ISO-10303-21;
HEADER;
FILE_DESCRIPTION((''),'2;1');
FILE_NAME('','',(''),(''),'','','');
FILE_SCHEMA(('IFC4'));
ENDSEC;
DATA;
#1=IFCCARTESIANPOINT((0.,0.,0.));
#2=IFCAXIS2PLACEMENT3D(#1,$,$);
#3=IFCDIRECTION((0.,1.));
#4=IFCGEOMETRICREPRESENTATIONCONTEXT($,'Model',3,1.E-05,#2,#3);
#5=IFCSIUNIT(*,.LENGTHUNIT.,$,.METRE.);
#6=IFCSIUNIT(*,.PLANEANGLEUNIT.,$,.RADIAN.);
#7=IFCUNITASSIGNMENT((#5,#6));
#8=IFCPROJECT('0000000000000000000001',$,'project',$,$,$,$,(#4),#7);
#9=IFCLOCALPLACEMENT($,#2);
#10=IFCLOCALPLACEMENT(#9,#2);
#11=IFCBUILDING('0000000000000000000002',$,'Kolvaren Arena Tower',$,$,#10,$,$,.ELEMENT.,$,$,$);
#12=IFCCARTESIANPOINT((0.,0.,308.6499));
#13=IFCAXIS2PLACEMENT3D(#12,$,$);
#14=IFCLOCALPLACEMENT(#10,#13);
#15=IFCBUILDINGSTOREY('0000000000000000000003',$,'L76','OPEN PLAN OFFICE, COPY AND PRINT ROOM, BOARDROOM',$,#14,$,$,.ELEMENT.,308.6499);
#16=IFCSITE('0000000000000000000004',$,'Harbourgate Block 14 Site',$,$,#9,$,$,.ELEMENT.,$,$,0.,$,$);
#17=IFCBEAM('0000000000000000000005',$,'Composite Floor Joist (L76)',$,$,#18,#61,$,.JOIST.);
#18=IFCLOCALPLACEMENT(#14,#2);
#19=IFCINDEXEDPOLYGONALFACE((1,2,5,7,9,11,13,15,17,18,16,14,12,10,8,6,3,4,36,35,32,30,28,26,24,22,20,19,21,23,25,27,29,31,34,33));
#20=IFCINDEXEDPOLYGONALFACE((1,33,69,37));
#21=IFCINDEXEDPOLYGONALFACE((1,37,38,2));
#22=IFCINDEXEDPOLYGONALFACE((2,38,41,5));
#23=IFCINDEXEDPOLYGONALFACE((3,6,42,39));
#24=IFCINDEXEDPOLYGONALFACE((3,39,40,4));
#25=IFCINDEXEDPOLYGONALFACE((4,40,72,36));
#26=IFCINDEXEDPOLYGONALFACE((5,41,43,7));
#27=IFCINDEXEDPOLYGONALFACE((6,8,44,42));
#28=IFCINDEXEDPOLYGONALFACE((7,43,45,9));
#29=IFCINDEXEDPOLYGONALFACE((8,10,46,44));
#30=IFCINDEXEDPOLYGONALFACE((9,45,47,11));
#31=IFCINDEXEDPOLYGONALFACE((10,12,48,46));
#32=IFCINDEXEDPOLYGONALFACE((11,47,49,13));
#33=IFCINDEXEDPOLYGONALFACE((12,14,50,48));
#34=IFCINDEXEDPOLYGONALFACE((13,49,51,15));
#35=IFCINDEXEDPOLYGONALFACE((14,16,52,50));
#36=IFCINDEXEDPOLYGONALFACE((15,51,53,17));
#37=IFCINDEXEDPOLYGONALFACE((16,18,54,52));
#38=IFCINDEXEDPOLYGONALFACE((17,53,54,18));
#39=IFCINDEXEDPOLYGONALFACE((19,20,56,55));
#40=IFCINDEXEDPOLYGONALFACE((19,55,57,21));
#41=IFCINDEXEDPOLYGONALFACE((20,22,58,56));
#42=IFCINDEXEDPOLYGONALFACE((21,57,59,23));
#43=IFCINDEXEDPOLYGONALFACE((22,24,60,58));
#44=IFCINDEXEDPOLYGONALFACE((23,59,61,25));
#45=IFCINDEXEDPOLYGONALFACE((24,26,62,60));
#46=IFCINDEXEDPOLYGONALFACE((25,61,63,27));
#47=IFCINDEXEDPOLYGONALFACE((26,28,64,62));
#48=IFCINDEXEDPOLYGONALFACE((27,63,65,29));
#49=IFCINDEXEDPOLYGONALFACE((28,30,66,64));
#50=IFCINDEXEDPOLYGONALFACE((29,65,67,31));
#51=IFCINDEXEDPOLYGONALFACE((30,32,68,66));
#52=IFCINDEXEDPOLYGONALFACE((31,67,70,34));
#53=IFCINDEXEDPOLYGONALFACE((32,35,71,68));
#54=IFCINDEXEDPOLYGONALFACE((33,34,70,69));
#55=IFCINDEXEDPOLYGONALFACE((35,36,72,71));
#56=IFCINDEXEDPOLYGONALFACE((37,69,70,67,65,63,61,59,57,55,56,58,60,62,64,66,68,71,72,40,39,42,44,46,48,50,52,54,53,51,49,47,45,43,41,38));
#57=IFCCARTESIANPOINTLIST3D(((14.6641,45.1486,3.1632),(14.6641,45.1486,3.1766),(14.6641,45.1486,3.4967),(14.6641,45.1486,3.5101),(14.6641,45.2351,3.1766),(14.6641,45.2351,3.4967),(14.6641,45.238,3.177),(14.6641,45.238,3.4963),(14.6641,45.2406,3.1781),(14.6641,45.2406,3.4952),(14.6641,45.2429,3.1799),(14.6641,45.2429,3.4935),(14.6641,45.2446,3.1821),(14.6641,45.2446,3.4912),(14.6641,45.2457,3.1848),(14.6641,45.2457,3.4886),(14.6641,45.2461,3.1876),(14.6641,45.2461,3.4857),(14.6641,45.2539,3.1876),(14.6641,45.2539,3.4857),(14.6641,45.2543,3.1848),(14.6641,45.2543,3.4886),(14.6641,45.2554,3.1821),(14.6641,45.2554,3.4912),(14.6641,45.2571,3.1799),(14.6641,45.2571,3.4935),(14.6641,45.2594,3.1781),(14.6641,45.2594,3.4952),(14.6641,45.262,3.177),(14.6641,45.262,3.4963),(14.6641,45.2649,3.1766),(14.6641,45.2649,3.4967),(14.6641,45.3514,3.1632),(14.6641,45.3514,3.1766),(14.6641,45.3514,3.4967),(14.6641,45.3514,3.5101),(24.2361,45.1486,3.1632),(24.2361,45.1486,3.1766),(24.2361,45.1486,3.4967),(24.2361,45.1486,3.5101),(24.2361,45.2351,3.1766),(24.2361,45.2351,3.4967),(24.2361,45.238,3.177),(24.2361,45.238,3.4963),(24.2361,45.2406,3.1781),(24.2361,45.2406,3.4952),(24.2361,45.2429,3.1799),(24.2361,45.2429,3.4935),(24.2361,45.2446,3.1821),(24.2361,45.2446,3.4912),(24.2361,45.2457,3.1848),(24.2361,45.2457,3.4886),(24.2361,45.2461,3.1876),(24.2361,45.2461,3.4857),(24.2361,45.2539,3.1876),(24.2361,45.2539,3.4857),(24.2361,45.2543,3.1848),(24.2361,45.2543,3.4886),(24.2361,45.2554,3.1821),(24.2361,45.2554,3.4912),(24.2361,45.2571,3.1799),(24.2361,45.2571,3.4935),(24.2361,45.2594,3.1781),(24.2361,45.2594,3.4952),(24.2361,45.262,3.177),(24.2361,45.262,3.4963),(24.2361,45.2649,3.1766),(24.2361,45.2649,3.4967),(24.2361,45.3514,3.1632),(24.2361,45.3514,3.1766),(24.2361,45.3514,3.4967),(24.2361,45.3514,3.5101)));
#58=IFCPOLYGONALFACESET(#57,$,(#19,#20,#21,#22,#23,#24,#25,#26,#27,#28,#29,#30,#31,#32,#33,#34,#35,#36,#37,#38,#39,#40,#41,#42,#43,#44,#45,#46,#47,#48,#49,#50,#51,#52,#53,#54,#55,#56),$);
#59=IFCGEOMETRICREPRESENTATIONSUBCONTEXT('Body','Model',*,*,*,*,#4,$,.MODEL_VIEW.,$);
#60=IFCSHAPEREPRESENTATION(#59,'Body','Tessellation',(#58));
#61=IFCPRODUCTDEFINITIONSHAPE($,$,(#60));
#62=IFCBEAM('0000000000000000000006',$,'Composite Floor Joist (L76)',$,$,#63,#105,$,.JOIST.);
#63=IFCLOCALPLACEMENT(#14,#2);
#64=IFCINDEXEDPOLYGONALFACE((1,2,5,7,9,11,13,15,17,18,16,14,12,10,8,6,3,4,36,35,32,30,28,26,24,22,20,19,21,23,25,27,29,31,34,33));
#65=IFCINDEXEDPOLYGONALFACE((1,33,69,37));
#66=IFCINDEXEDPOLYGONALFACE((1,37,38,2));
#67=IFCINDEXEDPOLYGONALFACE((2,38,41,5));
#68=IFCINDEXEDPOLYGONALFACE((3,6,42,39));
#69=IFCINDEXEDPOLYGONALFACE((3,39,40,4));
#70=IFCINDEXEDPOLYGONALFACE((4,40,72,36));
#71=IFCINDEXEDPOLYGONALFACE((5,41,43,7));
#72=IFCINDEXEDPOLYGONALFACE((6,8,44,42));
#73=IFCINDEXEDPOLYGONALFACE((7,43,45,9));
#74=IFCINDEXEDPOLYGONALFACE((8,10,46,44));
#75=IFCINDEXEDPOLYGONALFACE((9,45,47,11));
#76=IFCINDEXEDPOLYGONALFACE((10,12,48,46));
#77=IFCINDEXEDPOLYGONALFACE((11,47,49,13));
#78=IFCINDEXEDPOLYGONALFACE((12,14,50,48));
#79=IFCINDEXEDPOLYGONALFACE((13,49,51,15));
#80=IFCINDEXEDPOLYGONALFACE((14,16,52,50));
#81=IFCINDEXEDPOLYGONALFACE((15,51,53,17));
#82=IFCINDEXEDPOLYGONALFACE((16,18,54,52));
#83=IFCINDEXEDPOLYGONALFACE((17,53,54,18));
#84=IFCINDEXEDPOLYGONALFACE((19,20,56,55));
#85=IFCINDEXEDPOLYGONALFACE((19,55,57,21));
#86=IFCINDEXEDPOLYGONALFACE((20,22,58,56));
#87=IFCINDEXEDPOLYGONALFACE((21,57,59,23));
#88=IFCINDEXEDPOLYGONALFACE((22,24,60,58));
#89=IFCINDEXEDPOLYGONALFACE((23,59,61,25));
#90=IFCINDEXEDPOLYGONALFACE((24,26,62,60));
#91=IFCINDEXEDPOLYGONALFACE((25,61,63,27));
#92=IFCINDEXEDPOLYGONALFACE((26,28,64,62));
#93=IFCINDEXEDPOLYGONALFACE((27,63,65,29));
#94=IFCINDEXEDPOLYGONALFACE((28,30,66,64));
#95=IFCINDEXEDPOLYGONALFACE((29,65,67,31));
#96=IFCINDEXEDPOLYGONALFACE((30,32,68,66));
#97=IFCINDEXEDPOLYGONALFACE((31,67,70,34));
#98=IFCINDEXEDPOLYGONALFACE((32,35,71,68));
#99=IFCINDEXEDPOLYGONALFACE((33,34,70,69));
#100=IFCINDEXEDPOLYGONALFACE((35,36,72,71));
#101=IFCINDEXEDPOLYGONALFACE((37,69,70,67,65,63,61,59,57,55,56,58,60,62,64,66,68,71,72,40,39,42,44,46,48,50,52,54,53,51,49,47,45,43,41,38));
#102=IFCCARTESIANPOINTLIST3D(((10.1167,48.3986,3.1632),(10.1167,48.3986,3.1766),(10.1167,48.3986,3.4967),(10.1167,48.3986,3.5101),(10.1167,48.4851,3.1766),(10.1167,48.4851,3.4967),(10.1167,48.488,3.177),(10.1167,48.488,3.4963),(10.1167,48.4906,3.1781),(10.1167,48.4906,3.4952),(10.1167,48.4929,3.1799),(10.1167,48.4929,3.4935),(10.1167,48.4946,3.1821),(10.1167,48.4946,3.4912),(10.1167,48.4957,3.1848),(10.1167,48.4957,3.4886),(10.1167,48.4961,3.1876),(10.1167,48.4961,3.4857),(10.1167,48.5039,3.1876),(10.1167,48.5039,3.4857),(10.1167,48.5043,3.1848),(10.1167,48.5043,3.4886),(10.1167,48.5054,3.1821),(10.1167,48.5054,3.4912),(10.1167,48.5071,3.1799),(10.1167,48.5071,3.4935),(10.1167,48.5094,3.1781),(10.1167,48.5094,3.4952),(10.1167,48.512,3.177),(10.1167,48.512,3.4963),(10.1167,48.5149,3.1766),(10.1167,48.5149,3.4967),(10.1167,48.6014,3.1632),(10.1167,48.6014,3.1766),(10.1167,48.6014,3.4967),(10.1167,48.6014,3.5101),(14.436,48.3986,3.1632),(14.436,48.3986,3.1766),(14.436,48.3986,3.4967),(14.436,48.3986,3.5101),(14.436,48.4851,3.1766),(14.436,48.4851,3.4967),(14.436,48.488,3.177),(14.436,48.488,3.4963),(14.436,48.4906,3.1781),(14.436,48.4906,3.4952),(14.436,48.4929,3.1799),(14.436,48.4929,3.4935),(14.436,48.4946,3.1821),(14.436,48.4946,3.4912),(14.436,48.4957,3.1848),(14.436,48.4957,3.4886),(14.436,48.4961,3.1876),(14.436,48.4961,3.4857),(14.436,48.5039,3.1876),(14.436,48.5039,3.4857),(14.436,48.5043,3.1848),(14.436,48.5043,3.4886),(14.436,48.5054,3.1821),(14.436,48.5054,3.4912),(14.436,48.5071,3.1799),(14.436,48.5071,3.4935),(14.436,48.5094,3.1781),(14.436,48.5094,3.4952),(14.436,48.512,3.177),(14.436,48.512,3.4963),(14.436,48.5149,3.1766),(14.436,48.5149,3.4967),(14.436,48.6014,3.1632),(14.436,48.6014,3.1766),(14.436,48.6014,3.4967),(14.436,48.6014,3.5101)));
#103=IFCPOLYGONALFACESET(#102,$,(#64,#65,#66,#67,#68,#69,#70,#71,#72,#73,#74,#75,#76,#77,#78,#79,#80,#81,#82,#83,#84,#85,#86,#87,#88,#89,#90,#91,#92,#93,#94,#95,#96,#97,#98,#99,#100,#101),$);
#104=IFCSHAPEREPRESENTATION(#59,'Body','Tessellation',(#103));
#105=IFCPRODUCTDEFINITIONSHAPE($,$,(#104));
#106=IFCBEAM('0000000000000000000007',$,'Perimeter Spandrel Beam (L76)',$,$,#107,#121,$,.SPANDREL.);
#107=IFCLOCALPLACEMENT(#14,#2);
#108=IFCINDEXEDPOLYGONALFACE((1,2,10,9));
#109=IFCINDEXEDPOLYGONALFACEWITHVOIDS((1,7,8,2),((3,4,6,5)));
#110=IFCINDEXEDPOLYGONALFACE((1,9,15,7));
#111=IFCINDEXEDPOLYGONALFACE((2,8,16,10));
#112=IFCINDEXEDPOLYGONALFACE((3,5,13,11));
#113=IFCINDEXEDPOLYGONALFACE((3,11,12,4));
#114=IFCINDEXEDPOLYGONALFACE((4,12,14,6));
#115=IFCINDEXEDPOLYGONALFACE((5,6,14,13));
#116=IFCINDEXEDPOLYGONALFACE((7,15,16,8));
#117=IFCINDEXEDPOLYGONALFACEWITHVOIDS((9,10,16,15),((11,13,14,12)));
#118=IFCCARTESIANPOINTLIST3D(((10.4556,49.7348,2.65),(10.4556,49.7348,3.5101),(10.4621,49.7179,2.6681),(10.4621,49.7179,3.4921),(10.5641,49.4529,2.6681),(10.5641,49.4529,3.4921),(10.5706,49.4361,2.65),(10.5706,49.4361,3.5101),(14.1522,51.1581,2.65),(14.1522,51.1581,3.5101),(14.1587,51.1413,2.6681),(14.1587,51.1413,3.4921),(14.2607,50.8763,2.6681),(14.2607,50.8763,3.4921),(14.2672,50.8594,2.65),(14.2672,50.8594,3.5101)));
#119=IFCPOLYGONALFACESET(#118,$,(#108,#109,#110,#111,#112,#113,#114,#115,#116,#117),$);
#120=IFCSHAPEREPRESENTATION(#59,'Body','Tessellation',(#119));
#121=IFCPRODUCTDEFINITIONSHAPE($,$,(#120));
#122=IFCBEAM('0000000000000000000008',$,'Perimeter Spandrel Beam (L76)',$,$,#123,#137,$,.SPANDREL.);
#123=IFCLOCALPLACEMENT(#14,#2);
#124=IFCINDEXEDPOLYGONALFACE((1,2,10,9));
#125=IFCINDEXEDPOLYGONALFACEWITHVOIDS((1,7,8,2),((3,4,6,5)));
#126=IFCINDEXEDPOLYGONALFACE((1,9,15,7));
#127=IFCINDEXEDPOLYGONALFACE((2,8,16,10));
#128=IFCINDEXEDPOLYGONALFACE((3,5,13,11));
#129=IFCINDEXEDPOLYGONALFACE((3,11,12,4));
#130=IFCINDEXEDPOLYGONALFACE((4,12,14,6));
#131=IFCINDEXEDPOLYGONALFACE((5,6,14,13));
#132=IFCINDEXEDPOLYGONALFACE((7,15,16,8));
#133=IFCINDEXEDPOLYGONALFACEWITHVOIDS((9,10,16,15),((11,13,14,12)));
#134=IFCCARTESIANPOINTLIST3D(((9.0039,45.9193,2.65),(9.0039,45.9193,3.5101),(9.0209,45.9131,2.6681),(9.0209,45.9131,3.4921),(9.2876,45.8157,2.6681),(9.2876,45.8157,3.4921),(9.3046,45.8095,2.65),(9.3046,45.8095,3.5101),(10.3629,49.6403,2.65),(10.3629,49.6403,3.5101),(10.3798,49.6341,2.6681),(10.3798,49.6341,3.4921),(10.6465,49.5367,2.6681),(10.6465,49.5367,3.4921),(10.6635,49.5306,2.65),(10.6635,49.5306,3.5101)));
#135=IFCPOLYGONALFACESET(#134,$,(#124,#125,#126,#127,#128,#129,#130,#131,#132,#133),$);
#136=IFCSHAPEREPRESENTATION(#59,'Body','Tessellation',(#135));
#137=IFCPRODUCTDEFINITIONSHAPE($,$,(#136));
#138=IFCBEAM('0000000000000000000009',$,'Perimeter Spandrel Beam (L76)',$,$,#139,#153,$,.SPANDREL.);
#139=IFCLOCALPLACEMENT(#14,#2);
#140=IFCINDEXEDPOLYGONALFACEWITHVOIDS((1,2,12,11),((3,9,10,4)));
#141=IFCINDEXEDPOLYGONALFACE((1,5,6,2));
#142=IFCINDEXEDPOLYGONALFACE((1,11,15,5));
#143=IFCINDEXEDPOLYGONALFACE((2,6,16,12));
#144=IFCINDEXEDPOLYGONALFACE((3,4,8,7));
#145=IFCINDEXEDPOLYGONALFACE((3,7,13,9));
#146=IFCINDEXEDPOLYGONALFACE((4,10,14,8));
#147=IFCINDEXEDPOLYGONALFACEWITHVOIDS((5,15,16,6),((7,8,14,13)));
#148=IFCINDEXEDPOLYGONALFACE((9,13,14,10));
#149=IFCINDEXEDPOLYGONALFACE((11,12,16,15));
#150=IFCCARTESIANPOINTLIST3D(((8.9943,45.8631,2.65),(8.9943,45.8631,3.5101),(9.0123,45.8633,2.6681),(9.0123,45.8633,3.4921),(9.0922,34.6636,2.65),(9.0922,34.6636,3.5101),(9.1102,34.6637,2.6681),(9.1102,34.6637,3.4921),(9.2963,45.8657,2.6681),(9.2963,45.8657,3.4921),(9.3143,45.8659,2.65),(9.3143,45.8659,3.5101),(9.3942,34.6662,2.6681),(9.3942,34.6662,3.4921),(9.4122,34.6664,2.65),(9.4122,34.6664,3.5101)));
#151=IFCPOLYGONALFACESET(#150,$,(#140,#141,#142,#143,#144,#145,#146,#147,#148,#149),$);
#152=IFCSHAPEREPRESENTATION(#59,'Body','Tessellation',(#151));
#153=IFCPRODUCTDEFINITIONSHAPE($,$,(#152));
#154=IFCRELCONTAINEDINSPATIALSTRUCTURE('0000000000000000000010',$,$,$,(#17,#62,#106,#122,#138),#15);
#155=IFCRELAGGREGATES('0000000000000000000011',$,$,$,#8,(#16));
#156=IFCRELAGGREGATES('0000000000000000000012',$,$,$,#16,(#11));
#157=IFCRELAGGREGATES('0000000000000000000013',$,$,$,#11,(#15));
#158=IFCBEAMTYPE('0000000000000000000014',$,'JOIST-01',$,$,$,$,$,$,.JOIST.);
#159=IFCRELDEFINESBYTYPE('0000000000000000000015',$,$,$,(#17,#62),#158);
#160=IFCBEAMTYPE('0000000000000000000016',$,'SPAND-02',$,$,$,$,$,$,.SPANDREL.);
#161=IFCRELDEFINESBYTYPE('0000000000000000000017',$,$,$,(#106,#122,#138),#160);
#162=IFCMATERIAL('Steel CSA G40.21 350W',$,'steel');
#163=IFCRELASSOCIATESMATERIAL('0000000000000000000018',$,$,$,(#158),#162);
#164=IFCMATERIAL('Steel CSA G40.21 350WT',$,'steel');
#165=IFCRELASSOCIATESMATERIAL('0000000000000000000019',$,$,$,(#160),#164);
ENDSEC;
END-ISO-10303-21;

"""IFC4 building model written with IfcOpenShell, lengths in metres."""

from ifc_helpers import new_model, si_unit, direction, frame, origin, origin_2d, place, context, subcontext, project, spatial, hollow_rectangle, i_section, extrude, material, material_profile, profile_set, type_object, element, save


model = new_model("IFC4")

# Units and contexts
model_context = context("Model", 3, precision=1e-05, world=origin(), true_north=direction((0.0, 1.0)))
body_context = subcontext(model_context, "Body", "Model", "MODEL_VIEW")
ifc_project = project(units=[si_unit("LENGTHUNIT", "METRE"), si_unit("PLANEANGLEUNIT", "RADIAN")], contexts=[model_context])

# Site, building, storey
site_placement = place(None, origin())
site = spatial("IfcSite", under=ifc_project, at=site_placement, Name="Harbourgate Block 14 Site", CompositionType="ELEMENT", RefElevation=0.0)
building_placement = place(site_placement, origin())
building = spatial("IfcBuilding", under=site, at=building_placement, Name="Kolvaren Arena Tower", CompositionType="ELEMENT")
storey_placement = place(building_placement, frame((0.0, 0.0, 308.6499)))
storey = spatial("IfcBuildingStorey", under=building, at=storey_placement, Name="L76", Description="OPEN PLAN OFFICE, COPY AND PRINT ROOM, BOARDROOM", CompositionType="ELEMENT", Elevation=308.6499)

# Beams
ifc_material_1 = material(Name="Steel CSA G40.21 350W", Category="steel")
ifc_material_profile_1 = material_profile(ifc_material_1, i_section(OverallWidth=0.2029, OverallDepth=0.3469, WebThickness=0.0078, FlangeThickness=0.0134, FilletRadius=0.011, at=origin_2d()), Name="W360x64")
ifc_profile_set_1 = profile_set([ifc_material_profile_1], Name="Steel CSA G40.21 350W")
beam_type_1 = type_object("IfcBeamType", Name="JOIST-01", PredefinedType="JOIST", material=ifc_profile_set_1)
beam_1_placement = place(storey_placement, frame((14.6641, 45.25, 3.3367), z_axis=(1.0, 0.0, 0.0), x_axis=(0.0, 1.0, 0.0)))
element("IfcBeam", 1, at=beam_1_placement, inside=storey, type_object=beam_type_1, Name="Composite Floor Joist (L76)", PredefinedType="JOIST", context=body_context, shape_type="SweptSolid", body=[
    extrude(i_section(OverallWidth=0.2029, OverallDepth=0.3469, WebThickness=0.0078, FlangeThickness=0.0134, FilletRadius=0.011, at=origin_2d()), origin(), (0.0, 0.0, 1.0), 9.572),
])
beam_2_placement = place(storey_placement, frame((10.1167, 48.5, 3.3367), z_axis=(1.0, 0.0, 0.0), x_axis=(0.0, 1.0, 0.0)))
element("IfcBeam", 2, at=beam_2_placement, inside=storey, type_object=beam_type_1, Name="Composite Floor Joist (L76)", PredefinedType="JOIST", context=body_context, shape_type="SweptSolid", body=[
    extrude(i_section(OverallWidth=0.2029, OverallDepth=0.3469, WebThickness=0.0078, FlangeThickness=0.0134, FilletRadius=0.011, at=origin_2d()), origin(), (0.0, 0.0, 1.0), 4.3193),
])
ifc_material_2 = material(Name="Steel CSA G40.21 350WT", Category="steel")
ifc_material_profile_2 = material_profile(ifc_material_2, hollow_rectangle(XDim=0.3201, YDim=0.8601, WallThickness=0.0181, at=origin_2d()), Name="HSS 860x320x18")
ifc_profile_set_2 = profile_set([ifc_material_profile_2], Name="Steel CSA G40.21 350WT")
beam_type_2 = type_object("IfcBeamType", Name="SPAND-02", PredefinedType="SPANDREL", material=ifc_profile_set_2)
beam_3_placement = place(storey_placement, frame((14.2097, 51.0088, 3.0801), z_axis=(-0.933211, -0.35933, 0.0), x_axis=(0.35933, -0.933211, 0.0)))
element("IfcBeam", 3, at=beam_3_placement, inside=storey, type_object=beam_type_2, Name="Perimeter Spandrel Beam (L76)", PredefinedType="SPANDREL", context=body_context, shape_type="SweptSolid", body=[
    extrude(hollow_rectangle(XDim=0.3201, YDim=0.8601, WallThickness=0.0181, at=origin_2d()), origin(), (0.0, 0.0, 1.0), 3.9612),
])
beam_4_placement = place(storey_placement, frame((10.5132, 49.5854, 3.0801), z_axis=(-0.343039, -0.939321, 0.0), x_axis=(0.939321, -0.343039, 0.0)))
element("IfcBeam", 4, at=beam_4_placement, inside=storey, type_object=beam_type_2, Name="Perimeter Spandrel Beam (L76)", PredefinedType="SPANDREL", context=body_context, shape_type="SweptSolid", body=[
    extrude(hollow_rectangle(XDim=0.3201, YDim=0.8601, WallThickness=0.0181, at=origin_2d()), origin(), (0.0, 0.0, 1.0), 3.9614),
])
beam_5_placement = place(storey_placement, frame((9.1543, 45.8645, 3.0801), z_axis=(0.008741, -0.999962, 0.0), x_axis=(0.999962, 0.008741, 0.0)))
element("IfcBeam", 5, at=beam_5_placement, inside=storey, type_object=beam_type_2, Name="Perimeter Spandrel Beam (L76)", PredefinedType="SPANDREL", context=body_context, shape_type="SweptSolid", body=[
    extrude(hollow_rectangle(XDim=0.3201, YDim=0.8601, WallThickness=0.0181, at=origin_2d()), origin(), (0.0, 0.0, 1.0), 11.2),
])

save(model, "model.ifc")
